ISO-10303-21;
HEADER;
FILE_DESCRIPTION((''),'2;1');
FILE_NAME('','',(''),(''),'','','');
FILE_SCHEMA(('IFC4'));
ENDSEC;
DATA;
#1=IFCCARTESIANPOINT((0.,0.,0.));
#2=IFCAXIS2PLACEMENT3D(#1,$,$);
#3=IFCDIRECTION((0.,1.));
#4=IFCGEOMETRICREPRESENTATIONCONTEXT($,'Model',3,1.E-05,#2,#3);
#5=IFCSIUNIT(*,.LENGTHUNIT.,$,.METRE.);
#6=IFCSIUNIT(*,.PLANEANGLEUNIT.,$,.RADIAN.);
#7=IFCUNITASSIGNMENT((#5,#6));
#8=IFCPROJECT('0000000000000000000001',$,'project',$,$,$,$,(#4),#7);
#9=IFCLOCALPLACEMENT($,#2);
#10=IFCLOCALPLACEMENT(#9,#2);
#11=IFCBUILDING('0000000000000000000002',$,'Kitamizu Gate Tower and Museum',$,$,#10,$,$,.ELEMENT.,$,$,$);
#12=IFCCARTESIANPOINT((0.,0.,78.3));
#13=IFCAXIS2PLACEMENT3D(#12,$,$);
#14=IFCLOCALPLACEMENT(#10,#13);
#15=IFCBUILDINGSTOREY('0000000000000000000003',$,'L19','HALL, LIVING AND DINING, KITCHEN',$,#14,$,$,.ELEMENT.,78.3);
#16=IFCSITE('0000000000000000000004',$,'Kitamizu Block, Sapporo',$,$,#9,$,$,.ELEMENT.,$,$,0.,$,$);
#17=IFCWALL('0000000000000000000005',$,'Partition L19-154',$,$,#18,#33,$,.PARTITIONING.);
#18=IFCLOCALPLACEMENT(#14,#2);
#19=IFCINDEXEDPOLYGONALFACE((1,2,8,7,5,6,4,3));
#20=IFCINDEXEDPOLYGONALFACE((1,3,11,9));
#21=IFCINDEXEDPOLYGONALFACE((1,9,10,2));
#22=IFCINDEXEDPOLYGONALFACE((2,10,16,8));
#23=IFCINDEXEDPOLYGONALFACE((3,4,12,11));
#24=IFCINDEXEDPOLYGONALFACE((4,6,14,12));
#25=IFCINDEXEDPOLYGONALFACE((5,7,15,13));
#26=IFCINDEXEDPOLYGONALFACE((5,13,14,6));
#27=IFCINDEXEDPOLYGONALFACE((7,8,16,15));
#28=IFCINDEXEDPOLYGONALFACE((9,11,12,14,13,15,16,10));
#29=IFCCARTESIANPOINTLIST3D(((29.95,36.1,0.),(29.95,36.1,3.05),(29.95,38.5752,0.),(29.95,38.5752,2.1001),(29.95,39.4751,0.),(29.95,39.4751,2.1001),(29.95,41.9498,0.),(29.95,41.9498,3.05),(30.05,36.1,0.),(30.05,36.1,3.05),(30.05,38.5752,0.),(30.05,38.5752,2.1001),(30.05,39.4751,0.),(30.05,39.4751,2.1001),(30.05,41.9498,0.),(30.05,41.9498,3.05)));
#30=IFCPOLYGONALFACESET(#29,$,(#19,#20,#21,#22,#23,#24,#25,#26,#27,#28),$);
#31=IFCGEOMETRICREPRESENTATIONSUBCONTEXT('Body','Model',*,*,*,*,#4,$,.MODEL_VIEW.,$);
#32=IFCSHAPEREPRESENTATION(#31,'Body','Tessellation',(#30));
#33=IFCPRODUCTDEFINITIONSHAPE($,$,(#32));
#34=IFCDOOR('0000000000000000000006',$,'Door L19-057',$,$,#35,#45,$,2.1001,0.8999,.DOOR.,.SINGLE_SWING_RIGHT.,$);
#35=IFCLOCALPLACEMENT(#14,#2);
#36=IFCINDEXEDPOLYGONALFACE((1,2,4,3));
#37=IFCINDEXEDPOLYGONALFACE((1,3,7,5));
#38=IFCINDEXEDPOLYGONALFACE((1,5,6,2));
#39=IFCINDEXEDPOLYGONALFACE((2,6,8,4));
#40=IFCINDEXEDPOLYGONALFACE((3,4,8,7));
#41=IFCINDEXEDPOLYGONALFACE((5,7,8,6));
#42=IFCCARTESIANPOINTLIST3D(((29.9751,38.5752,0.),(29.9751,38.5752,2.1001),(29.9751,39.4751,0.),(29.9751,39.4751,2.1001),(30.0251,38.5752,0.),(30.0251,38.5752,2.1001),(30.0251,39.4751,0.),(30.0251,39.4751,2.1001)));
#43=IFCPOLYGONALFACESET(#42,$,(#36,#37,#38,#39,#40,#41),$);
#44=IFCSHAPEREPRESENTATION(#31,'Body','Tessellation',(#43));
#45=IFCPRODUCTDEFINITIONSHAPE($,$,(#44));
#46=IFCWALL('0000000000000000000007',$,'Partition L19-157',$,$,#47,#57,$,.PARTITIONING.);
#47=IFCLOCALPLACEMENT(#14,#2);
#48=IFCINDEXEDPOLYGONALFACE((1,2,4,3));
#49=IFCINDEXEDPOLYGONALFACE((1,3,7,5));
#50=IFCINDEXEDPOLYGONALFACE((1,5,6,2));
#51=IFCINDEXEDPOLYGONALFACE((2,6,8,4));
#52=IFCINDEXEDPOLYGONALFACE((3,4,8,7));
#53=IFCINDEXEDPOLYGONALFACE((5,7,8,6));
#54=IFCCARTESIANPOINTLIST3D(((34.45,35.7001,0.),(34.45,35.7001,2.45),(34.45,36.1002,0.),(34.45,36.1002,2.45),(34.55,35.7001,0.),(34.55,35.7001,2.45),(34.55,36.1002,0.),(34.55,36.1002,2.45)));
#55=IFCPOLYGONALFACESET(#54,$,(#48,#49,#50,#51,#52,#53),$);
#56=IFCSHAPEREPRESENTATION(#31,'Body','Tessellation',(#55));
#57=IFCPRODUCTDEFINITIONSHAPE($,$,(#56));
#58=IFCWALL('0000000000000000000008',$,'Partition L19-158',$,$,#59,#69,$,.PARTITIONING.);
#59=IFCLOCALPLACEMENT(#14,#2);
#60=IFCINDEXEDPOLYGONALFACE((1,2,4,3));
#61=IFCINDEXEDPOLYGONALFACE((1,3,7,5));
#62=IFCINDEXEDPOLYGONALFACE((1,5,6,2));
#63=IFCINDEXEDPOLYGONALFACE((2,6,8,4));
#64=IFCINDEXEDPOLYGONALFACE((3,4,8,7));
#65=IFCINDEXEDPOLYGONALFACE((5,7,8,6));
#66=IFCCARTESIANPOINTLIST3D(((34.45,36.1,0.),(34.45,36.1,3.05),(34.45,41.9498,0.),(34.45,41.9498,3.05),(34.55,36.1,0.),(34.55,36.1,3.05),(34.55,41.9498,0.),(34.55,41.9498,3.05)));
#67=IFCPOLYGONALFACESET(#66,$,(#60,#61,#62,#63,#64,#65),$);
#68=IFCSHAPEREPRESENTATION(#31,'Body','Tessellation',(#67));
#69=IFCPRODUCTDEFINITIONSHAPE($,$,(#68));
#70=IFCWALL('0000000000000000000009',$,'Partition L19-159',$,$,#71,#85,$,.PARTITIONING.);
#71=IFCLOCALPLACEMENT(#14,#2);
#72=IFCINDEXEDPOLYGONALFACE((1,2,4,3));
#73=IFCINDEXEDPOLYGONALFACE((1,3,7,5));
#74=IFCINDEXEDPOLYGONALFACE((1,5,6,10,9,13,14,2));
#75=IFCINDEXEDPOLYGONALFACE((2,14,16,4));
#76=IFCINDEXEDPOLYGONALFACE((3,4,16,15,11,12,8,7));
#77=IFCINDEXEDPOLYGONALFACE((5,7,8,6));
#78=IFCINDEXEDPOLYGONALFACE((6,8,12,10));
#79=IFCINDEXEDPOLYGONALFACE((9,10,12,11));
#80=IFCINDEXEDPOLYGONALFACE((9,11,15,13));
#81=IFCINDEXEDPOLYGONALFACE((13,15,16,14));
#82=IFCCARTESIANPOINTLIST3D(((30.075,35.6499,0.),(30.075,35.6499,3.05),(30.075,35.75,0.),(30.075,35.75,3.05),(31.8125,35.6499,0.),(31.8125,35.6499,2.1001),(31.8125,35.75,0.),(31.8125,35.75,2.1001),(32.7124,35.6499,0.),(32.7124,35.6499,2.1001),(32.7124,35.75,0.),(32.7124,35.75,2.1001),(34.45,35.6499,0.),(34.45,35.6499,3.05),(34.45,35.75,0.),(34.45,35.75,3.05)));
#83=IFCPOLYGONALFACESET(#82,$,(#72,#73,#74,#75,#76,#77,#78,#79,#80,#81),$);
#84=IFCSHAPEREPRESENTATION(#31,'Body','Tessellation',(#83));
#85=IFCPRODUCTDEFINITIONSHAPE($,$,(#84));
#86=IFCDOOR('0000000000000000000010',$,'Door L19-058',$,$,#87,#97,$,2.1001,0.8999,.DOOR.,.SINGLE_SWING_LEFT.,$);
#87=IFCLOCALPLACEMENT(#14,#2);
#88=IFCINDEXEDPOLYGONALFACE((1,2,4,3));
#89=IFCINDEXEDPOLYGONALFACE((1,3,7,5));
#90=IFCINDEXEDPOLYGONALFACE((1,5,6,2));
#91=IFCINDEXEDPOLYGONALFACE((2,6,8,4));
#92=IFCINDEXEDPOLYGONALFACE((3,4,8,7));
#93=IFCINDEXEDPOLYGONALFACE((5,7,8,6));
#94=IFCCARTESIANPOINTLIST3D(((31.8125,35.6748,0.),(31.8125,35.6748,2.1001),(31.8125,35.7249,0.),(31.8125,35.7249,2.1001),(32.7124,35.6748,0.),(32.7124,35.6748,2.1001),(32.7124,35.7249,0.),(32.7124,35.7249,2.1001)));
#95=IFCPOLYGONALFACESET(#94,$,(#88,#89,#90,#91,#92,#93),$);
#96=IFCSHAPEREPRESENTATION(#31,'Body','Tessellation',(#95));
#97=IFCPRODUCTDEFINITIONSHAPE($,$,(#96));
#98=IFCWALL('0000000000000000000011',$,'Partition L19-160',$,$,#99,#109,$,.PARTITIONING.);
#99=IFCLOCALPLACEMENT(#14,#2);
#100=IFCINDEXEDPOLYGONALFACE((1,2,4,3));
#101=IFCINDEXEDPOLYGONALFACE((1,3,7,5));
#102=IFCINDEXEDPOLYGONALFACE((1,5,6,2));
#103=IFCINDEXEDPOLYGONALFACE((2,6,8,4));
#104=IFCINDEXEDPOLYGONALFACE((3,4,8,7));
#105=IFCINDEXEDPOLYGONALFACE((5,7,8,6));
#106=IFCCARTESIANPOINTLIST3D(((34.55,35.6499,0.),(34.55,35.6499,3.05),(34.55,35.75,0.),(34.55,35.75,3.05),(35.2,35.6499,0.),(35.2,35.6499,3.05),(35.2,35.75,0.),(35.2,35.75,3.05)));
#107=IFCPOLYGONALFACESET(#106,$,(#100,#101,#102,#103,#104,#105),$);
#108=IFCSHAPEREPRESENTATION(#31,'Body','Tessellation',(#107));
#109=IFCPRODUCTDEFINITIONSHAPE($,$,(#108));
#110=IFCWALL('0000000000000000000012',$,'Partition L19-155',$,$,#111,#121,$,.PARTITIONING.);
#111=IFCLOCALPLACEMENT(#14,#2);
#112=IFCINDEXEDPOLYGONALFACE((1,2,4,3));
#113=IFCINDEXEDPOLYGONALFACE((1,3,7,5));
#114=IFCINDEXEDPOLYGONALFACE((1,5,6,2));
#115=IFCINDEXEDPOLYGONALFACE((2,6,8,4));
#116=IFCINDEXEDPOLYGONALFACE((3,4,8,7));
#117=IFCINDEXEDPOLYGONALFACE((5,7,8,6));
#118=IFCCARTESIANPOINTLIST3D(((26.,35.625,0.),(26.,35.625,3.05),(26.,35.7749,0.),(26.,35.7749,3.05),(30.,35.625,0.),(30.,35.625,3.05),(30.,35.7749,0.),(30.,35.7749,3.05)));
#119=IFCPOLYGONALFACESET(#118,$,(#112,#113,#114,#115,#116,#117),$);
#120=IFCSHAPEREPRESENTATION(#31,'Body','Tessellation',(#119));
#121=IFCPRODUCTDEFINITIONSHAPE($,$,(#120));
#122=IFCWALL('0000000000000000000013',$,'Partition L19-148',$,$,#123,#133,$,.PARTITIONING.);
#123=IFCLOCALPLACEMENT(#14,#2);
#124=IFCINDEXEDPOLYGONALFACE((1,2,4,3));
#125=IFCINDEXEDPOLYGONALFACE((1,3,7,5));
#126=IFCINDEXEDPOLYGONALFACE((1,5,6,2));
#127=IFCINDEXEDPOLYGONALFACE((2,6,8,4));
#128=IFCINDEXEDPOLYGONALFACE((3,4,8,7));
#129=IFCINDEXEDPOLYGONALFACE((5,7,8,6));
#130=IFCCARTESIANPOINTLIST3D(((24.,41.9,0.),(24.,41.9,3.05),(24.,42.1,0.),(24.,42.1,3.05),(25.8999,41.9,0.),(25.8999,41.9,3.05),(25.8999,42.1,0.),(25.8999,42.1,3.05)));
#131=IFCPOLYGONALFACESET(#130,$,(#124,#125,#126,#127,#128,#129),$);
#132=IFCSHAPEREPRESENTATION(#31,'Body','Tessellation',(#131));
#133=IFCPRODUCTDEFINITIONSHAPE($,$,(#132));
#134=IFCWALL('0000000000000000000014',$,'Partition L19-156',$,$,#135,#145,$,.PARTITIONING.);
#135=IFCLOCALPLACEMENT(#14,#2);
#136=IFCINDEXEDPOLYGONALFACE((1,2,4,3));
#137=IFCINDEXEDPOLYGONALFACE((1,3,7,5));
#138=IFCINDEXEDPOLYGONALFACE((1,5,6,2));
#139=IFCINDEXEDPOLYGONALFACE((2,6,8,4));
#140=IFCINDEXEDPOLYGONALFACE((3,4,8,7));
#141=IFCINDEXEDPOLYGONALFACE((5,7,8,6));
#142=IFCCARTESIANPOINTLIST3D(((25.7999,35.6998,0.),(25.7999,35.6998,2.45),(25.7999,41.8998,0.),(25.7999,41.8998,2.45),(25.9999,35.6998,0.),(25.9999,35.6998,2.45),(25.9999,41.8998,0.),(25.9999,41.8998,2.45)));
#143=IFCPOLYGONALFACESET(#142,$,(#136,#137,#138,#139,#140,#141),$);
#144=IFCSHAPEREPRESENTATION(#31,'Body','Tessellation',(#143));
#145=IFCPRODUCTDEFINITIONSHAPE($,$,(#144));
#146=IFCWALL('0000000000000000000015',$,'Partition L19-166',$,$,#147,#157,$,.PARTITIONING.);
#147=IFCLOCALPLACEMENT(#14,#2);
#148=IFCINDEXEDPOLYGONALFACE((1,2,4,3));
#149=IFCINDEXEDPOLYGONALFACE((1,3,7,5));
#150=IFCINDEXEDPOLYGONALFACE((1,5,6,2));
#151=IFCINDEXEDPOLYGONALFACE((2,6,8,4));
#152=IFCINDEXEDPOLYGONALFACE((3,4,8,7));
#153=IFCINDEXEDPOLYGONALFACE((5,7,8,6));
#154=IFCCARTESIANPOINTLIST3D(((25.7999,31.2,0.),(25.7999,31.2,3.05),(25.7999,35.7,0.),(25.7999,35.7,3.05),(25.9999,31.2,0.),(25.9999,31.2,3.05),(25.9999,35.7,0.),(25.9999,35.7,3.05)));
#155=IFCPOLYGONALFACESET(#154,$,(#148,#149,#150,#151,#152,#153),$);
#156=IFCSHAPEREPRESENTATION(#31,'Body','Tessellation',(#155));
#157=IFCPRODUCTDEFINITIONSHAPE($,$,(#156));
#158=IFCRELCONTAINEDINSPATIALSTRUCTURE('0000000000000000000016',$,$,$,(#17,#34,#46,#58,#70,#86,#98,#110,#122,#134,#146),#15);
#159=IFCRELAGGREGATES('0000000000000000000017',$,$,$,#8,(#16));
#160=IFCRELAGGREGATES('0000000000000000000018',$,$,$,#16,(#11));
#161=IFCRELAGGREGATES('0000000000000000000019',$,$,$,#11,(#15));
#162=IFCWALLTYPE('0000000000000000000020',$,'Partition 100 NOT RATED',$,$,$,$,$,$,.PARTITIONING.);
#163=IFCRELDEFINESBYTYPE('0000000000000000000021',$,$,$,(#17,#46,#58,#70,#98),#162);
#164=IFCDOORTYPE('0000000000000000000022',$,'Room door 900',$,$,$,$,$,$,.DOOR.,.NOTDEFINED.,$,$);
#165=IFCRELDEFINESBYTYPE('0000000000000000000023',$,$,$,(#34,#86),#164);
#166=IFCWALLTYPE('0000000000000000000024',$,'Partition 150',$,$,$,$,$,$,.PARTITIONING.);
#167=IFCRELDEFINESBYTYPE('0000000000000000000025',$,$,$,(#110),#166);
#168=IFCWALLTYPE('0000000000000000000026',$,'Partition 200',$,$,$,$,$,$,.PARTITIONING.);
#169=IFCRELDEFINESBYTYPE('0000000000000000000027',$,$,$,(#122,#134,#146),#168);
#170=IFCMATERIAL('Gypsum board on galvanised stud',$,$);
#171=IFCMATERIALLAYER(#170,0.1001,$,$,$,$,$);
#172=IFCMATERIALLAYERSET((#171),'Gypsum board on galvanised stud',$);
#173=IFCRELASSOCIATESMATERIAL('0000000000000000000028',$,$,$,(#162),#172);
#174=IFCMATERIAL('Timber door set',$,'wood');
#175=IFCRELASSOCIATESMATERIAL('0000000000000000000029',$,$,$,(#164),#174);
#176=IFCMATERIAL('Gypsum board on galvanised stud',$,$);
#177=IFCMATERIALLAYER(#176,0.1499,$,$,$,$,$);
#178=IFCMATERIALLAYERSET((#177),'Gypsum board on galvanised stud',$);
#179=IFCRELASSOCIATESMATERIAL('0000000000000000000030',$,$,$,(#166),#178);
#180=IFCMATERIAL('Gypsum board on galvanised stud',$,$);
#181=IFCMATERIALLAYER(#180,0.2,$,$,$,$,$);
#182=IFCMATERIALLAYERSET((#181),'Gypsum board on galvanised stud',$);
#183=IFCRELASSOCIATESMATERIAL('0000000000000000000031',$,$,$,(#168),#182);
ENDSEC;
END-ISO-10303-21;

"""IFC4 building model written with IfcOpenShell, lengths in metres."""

from ifc_helpers import new_model, si_unit, direction, frame, frame_2d, origin, place, context, subcontext, project, spatial, rectangle, extrude, material, layer, layer_set, type_object, element, fill, save


model = new_model("IFC4")

# Units and contexts
model_context = context("Model", 3, precision=1e-05, world=origin(), true_north=direction((0.0, 1.0)))
body_context = subcontext(model_context, "Body", "Model", "MODEL_VIEW")
ifc_project = project(units=[si_unit("LENGTHUNIT", "METRE"), si_unit("PLANEANGLEUNIT", "RADIAN")], contexts=[model_context])

# Site, building, storey
site_placement = place(None, origin())
site = spatial("IfcSite", under=ifc_project, at=site_placement, Name="Kitamizu Block, Sapporo", CompositionType="ELEMENT", RefElevation=0.0)
building_placement = place(site_placement, origin())
building = spatial("IfcBuilding", under=site, at=building_placement, Name="Kitamizu Gate Tower and Museum", CompositionType="ELEMENT")
storey_placement = place(building_placement, frame((0.0, 0.0, 78.3)))
storey = spatial("IfcBuildingStorey", under=building, at=storey_placement, Name="L19", Description="HALL, LIVING AND DINING, KITCHEN", CompositionType="ELEMENT", Elevation=78.3)

# Shared definitions
ifc_material_1 = material(Name="Gypsum board on galvanised stud")
ifc_layer_1 = layer(ifc_material_1, 0.1001)
ifc_layer_set_1 = layer_set([ifc_layer_1], Name="Gypsum board on galvanised stud")
wall_type_1 = type_object("IfcWallType", Name="Partition 100 NOT RATED", PredefinedType="PARTITIONING", material=ifc_layer_set_1)
ifc_material_2 = material(Name="Timber door set", Category="wood")
door_type_1 = type_object("IfcDoorType", Name="Room door 900", OperationType="NOTDEFINED", PredefinedType="DOOR", material=ifc_material_2)

# Wall, opening, door
wall_1_placement = place(storey_placement, frame((30.0, 36.1001, 0.0), z_axis=(0.0, 0.0, 1.0), x_axis=(0.0, 1.0, 0.0)))
wall_1 = element("IfcWall", 1, at=wall_1_placement, inside=storey, type_object=wall_type_1, Name="Partition L19-154", PredefinedType="PARTITIONING", context=body_context, shape_type="SweptSolid", body=[
    extrude(rectangle(XDim=5.8499, YDim=0.1001, at=frame_2d((2.9248, 0.0))), origin(), (0.0, 0.0, 1.0), 3.05),
])
opening_1_placement = place(wall_1_placement, frame((2.4751, 0.0, 0.0)))
opening_1 = element("IfcOpeningElement", 2, at=opening_1_placement, cuts=wall_1, PredefinedType="OPENING", context=body_context, shape_type="SweptSolid", body=[
    extrude(rectangle(XDim=0.8999, YDim=2.1001, at=frame_2d((0.45, 1.05))), frame((0.0, 0.0601, 0.0), z_axis=(0.0, -1.0, 0.0), x_axis=(1.0, 0.0, 0.0)), (0.0, 0.0, 1.0), 0.1201),
])
door_1_placement = place(opening_1_placement, origin())
door_1 = element("IfcDoor", 3, at=door_1_placement, inside=storey, type_object=door_type_1, Name="Door L19-057", OperationType="SINGLE_SWING_RIGHT", OverallHeight=2.1001, OverallWidth=0.8999, PredefinedType="DOOR", context=body_context, shape_type="SweptSolid", body=[
    extrude(rectangle(XDim=0.8999, YDim=2.1001, at=frame_2d((0.45, 1.05))), frame((0.0, 0.0249, 0.0), z_axis=(0.0, -1.0, 0.0), x_axis=(1.0, 0.0, 0.0)), (0.0, 0.0, 1.0), 0.05),
])
fill(opening_1, door_1)

# Walls
wall_2_placement = place(storey_placement, frame((34.5, 35.7, 0.0), z_axis=(0.0, 0.0, 1.0), x_axis=(0.0, 1.0, 0.0)))
element("IfcWall", 4, at=wall_2_placement, inside=storey, type_object=wall_type_1, Name="Partition L19-157", PredefinedType="PARTITIONING", context=body_context, shape_type="SweptSolid", body=[
    extrude(rectangle(XDim=0.4001, YDim=0.1001, at=frame_2d((0.2002, 0.0))), origin(), (0.0, 0.0, 1.0), 2.45),
])
wall_3_placement = place(storey_placement, frame((34.5, 36.1001, 0.0), z_axis=(0.0, 0.0, 1.0), x_axis=(0.0, 1.0, 0.0)))
element("IfcWall", 5, at=wall_3_placement, inside=storey, type_object=wall_type_1, Name="Partition L19-158", PredefinedType="PARTITIONING", context=body_context, shape_type="SweptSolid", body=[
    extrude(rectangle(XDim=5.8499, YDim=0.1001, at=frame_2d((2.9248, 0.0))), origin(), (0.0, 0.0, 1.0), 3.05),
])

# Wall, opening, door
wall_4_placement = place(storey_placement, frame((30.075, 35.7, 0.0), z_axis=(0.0, 0.0, 1.0), x_axis=(1.0, 0.0, 0.0)))
wall_4 = element("IfcWall", 6, at=wall_4_placement, inside=storey, type_object=wall_type_1, Name="Partition L19-159", PredefinedType="PARTITIONING", context=body_context, shape_type="SweptSolid", body=[
    extrude(rectangle(XDim=4.375, YDim=0.1001, at=frame_2d((2.1875, 0.0))), origin(), (0.0, 0.0, 1.0), 3.05),
])
opening_2_placement = place(wall_4_placement, frame((1.7375, 0.0, 0.0)))
opening_2 = element("IfcOpeningElement", 7, at=opening_2_placement, cuts=wall_4, PredefinedType="OPENING", context=body_context, shape_type="SweptSolid", body=[
    extrude(rectangle(XDim=0.8999, YDim=2.1001, at=frame_2d((0.45, 1.05))), frame((0.0, 0.0601, 0.0), z_axis=(0.0, -1.0, 0.0), x_axis=(1.0, 0.0, 0.0)), (0.0, 0.0, 1.0), 0.1201),
])
door_2_placement = place(opening_2_placement, origin())
door_2 = element("IfcDoor", 8, at=door_2_placement, inside=storey, type_object=door_type_1, Name="Door L19-058", OperationType="SINGLE_SWING_LEFT", OverallHeight=2.1001, OverallWidth=0.8999, PredefinedType="DOOR", context=body_context, shape_type="SweptSolid", body=[
    extrude(rectangle(XDim=0.8999, YDim=2.1001, at=frame_2d((0.45, 1.05))), frame((0.0, 0.0249, 0.0), z_axis=(0.0, -1.0, 0.0), x_axis=(1.0, 0.0, 0.0)), (0.0, 0.0, 1.0), 0.05),
])
fill(opening_2, door_2)

# Walls
wall_5_placement = place(storey_placement, frame((34.55, 35.7, 0.0), z_axis=(0.0, 0.0, 1.0), x_axis=(1.0, 0.0, 0.0)))
element("IfcWall", 9, at=wall_5_placement, inside=storey, type_object=wall_type_1, Name="Partition L19-160", PredefinedType="PARTITIONING", context=body_context, shape_type="SweptSolid", body=[
    extrude(rectangle(XDim=0.6499, YDim=0.1001, at=frame_2d((0.325, 0.0))), origin(), (0.0, 0.0, 1.0), 3.05),
])
ifc_material_3 = material(Name="Gypsum board on galvanised stud")
ifc_layer_2 = layer(ifc_material_3, 0.1499)
ifc_layer_set_2 = layer_set([ifc_layer_2], Name="Gypsum board on galvanised stud")
wall_type_2 = type_object("IfcWallType", Name="Partition 150", PredefinedType="PARTITIONING", material=ifc_layer_set_2)
wall_6_placement = place(storey_placement, frame((26.0, 35.7, 0.0), z_axis=(0.0, 0.0, 1.0), x_axis=(1.0, 0.0, 0.0)))
element("IfcWall", 10, at=wall_6_placement, inside=storey, type_object=wall_type_2, Name="Partition L19-155", PredefinedType="PARTITIONING", context=body_context, shape_type="SweptSolid", body=[
    extrude(rectangle(XDim=4.0, YDim=0.1499, at=frame_2d((2.0, 0.0))), origin(), (0.0, 0.0, 1.0), 3.05),
])
ifc_material_4 = material(Name="Gypsum board on galvanised stud")
ifc_layer_3 = layer(ifc_material_4, 0.2)
ifc_layer_set_3 = layer_set([ifc_layer_3], Name="Gypsum board on galvanised stud")
wall_type_3 = type_object("IfcWallType", Name="Partition 200", PredefinedType="PARTITIONING", material=ifc_layer_set_3)
wall_7_placement = place(storey_placement, frame((24.0, 42.0, 0.0), z_axis=(0.0, 0.0, 1.0), x_axis=(1.0, 0.0, 0.0)))
element("IfcWall", 11, at=wall_7_placement, inside=storey, type_object=wall_type_3, Name="Partition L19-148", PredefinedType="PARTITIONING", context=body_context, shape_type="SweptSolid", body=[
    extrude(rectangle(XDim=1.8999, YDim=0.2, at=frame_2d((0.95, 0.0))), origin(), (0.0, 0.0, 1.0), 3.05),
])
wall_8_placement = place(storey_placement, frame((25.8999, 41.8999, 0.0), z_axis=(0.0, 0.0, 1.0), x_axis=(0.0, -1.0, 0.0)))
element("IfcWall", 12, at=wall_8_placement, inside=storey, type_object=wall_type_3, Name="Partition L19-156", PredefinedType="PARTITIONING", context=body_context, shape_type="SweptSolid", body=[
    extrude(rectangle(XDim=6.2, YDim=0.2, at=frame_2d((3.1001, 0.0))), origin(), (0.0, 0.0, 1.0), 2.45),
])
wall_9_placement = place(storey_placement, frame((25.8999, 35.7, 0.0), z_axis=(0.0, 0.0, 1.0), x_axis=(0.0, -1.0, 0.0)))
element("IfcWall", 13, at=wall_9_placement, inside=storey, type_object=wall_type_3, Name="Partition L19-166", PredefinedType="PARTITIONING", context=body_context, shape_type="SweptSolid", body=[
    extrude(rectangle(XDim=4.5, YDim=0.2, at=frame_2d((2.25, 0.0))), origin(), (0.0, 0.0, 1.0), 3.05),
])

save(model, "model.ifc")
